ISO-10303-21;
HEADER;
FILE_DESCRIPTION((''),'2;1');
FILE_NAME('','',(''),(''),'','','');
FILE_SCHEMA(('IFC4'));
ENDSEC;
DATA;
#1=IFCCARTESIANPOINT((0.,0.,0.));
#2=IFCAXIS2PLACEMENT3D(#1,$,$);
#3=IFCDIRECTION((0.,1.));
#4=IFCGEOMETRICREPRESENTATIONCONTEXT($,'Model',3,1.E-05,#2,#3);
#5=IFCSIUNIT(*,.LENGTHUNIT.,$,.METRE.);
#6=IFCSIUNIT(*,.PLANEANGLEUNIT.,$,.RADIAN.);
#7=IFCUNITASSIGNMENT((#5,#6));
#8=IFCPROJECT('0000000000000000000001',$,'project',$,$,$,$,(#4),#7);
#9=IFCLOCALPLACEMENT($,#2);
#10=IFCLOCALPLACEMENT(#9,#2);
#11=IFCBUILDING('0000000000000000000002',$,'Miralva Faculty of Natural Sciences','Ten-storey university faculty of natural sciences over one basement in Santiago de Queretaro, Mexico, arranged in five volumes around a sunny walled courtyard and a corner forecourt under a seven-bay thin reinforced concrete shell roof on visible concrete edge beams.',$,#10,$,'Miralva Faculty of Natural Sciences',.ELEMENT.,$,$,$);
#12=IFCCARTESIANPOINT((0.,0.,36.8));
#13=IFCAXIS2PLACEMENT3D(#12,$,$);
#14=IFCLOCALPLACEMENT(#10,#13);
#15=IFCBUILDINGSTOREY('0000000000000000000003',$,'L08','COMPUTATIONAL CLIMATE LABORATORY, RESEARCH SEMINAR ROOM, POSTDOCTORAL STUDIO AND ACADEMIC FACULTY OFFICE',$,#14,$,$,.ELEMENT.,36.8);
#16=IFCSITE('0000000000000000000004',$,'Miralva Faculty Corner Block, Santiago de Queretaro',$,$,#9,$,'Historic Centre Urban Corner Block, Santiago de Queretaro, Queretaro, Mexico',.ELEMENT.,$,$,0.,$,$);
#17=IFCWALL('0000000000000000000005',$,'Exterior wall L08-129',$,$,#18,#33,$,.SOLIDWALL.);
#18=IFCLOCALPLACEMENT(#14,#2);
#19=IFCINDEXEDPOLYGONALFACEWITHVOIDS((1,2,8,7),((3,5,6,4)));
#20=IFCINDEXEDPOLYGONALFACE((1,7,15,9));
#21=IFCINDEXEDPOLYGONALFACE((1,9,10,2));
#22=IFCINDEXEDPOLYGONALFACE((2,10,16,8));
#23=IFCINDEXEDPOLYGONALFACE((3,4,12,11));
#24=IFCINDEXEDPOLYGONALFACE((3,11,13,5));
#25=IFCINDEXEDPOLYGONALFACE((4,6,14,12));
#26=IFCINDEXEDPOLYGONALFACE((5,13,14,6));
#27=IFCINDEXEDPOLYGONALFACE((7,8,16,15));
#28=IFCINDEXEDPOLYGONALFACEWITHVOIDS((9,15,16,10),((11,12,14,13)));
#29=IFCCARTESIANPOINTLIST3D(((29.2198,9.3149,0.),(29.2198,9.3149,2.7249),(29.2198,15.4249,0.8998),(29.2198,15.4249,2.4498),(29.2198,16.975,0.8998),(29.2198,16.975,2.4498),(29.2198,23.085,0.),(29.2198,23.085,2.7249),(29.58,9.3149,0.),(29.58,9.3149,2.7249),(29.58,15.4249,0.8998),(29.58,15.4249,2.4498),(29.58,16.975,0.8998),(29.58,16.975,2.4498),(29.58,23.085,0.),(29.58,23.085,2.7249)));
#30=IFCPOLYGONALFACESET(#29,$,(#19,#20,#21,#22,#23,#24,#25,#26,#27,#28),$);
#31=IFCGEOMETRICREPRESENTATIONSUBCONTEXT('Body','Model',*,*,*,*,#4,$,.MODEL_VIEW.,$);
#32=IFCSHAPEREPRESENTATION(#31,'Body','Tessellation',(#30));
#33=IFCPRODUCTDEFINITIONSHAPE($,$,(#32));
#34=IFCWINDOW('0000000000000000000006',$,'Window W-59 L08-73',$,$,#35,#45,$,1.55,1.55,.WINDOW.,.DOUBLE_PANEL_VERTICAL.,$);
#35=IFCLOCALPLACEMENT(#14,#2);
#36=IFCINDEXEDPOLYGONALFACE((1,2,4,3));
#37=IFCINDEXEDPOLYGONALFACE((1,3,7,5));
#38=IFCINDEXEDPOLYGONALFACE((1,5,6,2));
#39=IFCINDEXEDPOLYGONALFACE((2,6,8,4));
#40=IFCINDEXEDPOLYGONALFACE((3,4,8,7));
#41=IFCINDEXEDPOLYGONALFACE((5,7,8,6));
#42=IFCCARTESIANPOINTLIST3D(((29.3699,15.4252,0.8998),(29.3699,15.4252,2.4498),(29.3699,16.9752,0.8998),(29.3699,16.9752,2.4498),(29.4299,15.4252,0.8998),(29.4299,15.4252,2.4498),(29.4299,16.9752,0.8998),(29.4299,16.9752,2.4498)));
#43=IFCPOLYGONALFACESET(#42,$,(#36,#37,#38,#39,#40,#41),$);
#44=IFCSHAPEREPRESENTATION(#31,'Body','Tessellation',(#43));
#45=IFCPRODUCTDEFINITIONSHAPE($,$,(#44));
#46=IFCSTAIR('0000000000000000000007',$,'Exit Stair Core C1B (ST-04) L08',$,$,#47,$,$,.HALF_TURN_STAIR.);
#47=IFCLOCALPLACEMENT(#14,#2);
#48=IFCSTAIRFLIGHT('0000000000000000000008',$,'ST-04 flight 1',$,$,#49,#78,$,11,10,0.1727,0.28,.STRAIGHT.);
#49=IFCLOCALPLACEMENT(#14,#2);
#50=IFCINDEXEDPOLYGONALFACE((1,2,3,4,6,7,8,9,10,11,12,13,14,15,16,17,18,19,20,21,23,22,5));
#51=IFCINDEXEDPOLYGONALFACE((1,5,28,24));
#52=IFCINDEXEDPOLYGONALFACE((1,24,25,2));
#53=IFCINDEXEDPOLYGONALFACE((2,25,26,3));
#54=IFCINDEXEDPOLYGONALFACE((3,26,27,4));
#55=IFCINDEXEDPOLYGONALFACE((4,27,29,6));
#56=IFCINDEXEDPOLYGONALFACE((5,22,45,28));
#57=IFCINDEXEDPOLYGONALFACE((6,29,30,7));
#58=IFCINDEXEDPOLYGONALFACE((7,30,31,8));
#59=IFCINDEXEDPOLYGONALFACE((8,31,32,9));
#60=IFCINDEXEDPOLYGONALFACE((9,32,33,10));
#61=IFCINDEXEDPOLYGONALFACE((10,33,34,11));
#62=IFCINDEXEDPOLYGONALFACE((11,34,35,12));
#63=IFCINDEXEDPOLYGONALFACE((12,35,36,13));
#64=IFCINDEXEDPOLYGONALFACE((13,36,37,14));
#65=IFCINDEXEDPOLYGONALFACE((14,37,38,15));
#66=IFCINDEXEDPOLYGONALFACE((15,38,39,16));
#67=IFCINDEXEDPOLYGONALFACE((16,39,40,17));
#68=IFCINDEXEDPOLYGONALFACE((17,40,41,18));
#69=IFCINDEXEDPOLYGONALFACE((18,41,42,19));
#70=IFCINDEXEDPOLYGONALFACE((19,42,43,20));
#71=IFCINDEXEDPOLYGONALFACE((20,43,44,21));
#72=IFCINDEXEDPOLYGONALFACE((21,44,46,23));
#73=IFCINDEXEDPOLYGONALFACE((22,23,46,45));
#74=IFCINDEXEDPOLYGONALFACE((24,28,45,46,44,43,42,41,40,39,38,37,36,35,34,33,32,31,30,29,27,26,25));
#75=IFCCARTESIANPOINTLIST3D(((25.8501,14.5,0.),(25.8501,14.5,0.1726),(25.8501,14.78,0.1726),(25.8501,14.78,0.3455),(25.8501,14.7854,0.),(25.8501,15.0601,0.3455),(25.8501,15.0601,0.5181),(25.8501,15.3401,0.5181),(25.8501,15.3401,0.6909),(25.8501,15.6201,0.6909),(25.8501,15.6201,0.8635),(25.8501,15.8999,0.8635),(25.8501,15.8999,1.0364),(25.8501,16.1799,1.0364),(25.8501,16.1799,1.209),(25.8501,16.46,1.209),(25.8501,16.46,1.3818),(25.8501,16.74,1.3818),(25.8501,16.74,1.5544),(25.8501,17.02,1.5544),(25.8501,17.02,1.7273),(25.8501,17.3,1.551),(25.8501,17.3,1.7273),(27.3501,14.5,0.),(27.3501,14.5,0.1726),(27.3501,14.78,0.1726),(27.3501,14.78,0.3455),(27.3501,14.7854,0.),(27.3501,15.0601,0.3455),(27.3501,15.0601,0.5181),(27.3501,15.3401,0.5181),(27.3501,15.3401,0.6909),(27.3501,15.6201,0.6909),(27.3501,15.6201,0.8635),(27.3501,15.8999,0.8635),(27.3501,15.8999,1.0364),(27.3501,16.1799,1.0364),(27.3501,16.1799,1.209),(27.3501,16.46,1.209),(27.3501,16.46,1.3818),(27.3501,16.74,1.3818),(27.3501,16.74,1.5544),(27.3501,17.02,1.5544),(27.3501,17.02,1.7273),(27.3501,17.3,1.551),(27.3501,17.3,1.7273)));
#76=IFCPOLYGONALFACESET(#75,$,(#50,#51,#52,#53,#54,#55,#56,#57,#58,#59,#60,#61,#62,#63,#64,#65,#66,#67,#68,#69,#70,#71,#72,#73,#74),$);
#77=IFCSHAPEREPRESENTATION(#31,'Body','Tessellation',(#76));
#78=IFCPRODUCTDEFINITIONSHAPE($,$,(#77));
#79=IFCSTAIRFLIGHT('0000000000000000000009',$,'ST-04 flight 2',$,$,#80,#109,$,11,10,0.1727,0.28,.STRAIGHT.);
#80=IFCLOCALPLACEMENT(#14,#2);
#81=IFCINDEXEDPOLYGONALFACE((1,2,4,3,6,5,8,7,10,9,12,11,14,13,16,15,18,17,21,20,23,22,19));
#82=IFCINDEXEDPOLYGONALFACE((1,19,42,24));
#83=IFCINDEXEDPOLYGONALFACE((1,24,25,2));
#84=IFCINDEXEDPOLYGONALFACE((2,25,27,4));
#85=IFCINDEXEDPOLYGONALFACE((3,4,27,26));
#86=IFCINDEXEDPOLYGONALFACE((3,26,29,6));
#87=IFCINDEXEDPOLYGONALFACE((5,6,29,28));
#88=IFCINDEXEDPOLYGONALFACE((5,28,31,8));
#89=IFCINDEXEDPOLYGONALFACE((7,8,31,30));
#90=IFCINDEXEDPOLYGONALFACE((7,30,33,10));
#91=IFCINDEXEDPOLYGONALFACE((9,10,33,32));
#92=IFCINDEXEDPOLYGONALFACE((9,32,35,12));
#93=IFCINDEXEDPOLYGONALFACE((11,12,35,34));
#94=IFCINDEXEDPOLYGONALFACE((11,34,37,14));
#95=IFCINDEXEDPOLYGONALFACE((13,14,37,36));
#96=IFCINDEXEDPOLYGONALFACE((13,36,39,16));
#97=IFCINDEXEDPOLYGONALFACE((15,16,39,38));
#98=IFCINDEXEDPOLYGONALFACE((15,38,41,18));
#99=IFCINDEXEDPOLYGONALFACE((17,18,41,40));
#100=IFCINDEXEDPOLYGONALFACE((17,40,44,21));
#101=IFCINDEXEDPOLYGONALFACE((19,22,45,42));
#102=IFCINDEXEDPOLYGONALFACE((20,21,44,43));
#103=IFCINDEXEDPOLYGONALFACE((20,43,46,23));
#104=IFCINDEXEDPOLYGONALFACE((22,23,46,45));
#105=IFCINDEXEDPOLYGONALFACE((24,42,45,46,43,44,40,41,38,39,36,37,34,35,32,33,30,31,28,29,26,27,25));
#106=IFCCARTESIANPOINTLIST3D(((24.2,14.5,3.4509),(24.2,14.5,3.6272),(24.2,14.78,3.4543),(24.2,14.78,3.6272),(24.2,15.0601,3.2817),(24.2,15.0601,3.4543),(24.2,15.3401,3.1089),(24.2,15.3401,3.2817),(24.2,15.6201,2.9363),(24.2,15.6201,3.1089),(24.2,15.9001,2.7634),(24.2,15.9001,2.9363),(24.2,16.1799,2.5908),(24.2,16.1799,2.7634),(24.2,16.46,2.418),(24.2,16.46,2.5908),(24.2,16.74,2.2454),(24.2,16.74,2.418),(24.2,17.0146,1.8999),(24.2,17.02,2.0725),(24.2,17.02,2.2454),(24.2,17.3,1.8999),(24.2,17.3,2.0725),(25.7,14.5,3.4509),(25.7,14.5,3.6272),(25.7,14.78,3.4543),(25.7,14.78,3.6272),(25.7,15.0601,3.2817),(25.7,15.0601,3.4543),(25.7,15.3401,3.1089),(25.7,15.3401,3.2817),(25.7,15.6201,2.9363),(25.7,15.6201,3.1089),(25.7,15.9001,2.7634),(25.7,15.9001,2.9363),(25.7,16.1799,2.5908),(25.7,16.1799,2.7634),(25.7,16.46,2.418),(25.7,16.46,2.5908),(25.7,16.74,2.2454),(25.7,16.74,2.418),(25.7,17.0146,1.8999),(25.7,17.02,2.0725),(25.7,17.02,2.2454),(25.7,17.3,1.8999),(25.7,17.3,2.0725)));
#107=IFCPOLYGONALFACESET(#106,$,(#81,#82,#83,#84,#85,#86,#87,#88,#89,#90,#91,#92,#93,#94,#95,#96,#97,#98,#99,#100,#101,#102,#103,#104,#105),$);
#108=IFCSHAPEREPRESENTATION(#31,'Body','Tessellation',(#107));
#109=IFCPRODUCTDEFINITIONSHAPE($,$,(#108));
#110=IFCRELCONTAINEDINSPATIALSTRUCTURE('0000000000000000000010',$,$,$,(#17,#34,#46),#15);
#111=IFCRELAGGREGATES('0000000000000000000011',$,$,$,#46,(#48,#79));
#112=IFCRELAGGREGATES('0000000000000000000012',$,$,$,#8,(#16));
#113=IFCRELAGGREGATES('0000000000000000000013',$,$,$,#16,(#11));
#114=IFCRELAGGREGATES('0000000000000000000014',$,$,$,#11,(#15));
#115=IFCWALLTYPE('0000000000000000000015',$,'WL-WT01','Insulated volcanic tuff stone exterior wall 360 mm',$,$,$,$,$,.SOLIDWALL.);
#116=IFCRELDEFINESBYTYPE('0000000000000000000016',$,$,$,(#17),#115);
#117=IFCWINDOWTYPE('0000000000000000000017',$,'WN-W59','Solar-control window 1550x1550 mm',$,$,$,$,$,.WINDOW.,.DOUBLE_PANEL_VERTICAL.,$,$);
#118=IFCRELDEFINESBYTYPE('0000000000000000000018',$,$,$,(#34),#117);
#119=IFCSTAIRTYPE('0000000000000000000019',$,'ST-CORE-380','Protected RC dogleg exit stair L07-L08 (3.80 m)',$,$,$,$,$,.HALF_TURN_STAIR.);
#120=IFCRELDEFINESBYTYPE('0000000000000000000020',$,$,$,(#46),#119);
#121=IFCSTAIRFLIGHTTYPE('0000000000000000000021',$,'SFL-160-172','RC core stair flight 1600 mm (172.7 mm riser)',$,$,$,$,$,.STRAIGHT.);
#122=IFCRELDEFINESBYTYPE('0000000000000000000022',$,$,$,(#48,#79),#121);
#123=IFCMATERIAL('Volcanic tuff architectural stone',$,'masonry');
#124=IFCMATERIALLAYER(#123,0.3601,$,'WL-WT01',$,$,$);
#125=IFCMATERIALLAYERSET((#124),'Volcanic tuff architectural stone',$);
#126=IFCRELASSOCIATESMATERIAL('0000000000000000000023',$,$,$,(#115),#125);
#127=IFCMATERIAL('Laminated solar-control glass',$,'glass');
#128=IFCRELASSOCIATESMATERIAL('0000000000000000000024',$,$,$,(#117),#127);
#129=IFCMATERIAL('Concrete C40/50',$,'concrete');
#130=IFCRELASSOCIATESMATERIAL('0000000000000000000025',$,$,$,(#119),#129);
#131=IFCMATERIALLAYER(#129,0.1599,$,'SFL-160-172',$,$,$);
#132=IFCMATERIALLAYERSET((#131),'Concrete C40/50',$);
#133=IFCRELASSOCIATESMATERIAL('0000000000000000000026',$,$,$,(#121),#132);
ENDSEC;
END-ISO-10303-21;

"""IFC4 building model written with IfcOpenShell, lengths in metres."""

from ifc_helpers import new_model, si_unit, direction, frame, frame_2d, origin, place, context, subcontext, project, spatial, polyline, rectangle, outline, extrude, material, layer, layer_set, type_object, element, fill, aggregate, save


model = new_model("IFC4")

# Units and contexts
model_context = context("Model", 3, precision=1e-05, world=origin(), true_north=direction((0.0, 1.0)))
body_context = subcontext(model_context, "Body", "Model", "MODEL_VIEW")
ifc_project = project(units=[si_unit("LENGTHUNIT", "METRE"), si_unit("PLANEANGLEUNIT", "RADIAN")], contexts=[model_context])

# Site, building, storey
site_placement = place(None, origin())
site = spatial("IfcSite", under=ifc_project, at=site_placement, Name="Miralva Faculty Corner Block, Santiago de Queretaro", LongName="Historic Centre Urban Corner Block, Santiago de Queretaro, Queretaro, Mexico", CompositionType="ELEMENT", RefElevation=0.0)
building_placement = place(site_placement, origin())
building = spatial("IfcBuilding", under=site, at=building_placement, Name="Miralva Faculty of Natural Sciences", Description="Ten-storey university faculty of natural sciences over one basement in Santiago de Queretaro, Mexico, arranged in five volumes around a sunny walled courtyard and a corner forecourt under a seven-bay thin reinforced concrete shell roof on visible concrete edge beams.", LongName="Miralva Faculty of Natural Sciences", CompositionType="ELEMENT")
storey_placement = place(building_placement, frame((0.0, 0.0, 36.8)))
storey = spatial("IfcBuildingStorey", under=building, at=storey_placement, Name="L08", Description="COMPUTATIONAL CLIMATE LABORATORY, RESEARCH SEMINAR ROOM, POSTDOCTORAL STUDIO AND ACADEMIC FACULTY OFFICE", CompositionType="ELEMENT", Elevation=36.8)

# Shared definitions
ifc_material_1 = material(Name="Concrete C40/50", Category="concrete")

# Wall, opening, window
ifc_material_2 = material(Name="Volcanic tuff architectural stone", Category="masonry")
ifc_layer_1 = layer(ifc_material_2, 0.3601, Name="WL-WT01")
ifc_layer_set_1 = layer_set([ifc_layer_1], Name="Volcanic tuff architectural stone")
wall_type_1 = type_object("IfcWallType", Name="WL-WT01", Description="Insulated volcanic tuff stone exterior wall 360 mm", PredefinedType="SOLIDWALL", material=ifc_layer_set_1)
wall_1_placement = place(storey_placement, frame((29.3999, 9.3149, 0.0), z_axis=(0.0, 0.0, 1.0), x_axis=(0.0, 1.0, 0.0)))
wall_1 = element("IfcWall", 1, at=wall_1_placement, inside=storey, type_object=wall_type_1, Name="Exterior wall L08-129", PredefinedType="SOLIDWALL", context=body_context, shape_type="SweptSolid", body=[
    extrude(rectangle(XDim=13.77, YDim=0.3601, at=frame_2d((6.885, 0.0))), origin(), (0.0, 0.0, 1.0), 2.7249),
])
opening_1_placement = place(wall_1_placement, frame((6.1101, 0.0, 0.8999)))
opening_1 = element("IfcOpeningElement", 2, at=opening_1_placement, cuts=wall_1, PredefinedType="OPENING", context=body_context, shape_type="SweptSolid", body=[
    extrude(rectangle(XDim=1.55, YDim=1.55, at=frame_2d((0.7749, 0.7749))), frame((0.0, 0.1899, 0.0), z_axis=(0.0, -1.0, 0.0), x_axis=(1.0, 0.0, 0.0)), (0.0, 0.0, 1.0), 0.3801),
])
ifc_material_3 = material(Name="Laminated solar-control glass", Category="glass")
window_type = type_object("IfcWindowType", Name="WN-W59", Description="Solar-control window 1550x1550 mm", PartitioningType="DOUBLE_PANEL_VERTICAL", PredefinedType="WINDOW", material=ifc_material_3)
window_placement = place(opening_1_placement, frame((1.55, 0.0, 0.0), z_axis=(0.0, 0.0, 1.0), x_axis=(-1.0, 0.0, 0.0)))
window = element("IfcWindow", 3, at=window_placement, inside=storey, type_object=window_type, Name="Window W-59 L08-73", OverallHeight=1.55, OverallWidth=1.55, PartitioningType="DOUBLE_PANEL_VERTICAL", PredefinedType="WINDOW", context=body_context, shape_type="SweptSolid", body=[
    extrude(rectangle(XDim=1.55, YDim=1.55, at=frame_2d((0.7749, 0.7749))), frame((0.0, 0.03, 0.0), z_axis=(0.0, -1.0, 0.0), x_axis=(1.0, 0.0, 0.0)), (0.0, 0.0, 1.0), 0.0601),
])
fill(opening_1, window)

# Stair, stair flights
stair_type = type_object("IfcStairType", Name="ST-CORE-380", Description="Protected RC dogleg exit stair L07-L08 (3.80 m)", PredefinedType="HALF_TURN_STAIR", material=ifc_material_1)
stair_placement = place(storey_placement, origin())
stair = element("IfcStair", 4, at=stair_placement, inside=storey, type_object=stair_type, Name="Exit Stair Core C1B (ST-04) L08", PredefinedType="HALF_TURN_STAIR")
ifc_layer_2 = layer(ifc_material_1, 0.1599, Name="SFL-160-172")
ifc_layer_set_2 = layer_set([ifc_layer_2], Name="Concrete C40/50")
stair_flight_type = type_object("IfcStairFlightType", Name="SFL-160-172", Description="RC core stair flight 1600 mm (172.7 mm riser)", PredefinedType="STRAIGHT", material=ifc_layer_set_2)
stair_flight_1_placement = place(storey_placement, frame((26.6001, 14.5, 0.0), z_axis=(0.0, 0.0, 1.0), x_axis=(0.0, 1.0, 0.0)))
stair_flight_1 = element("IfcStairFlight", 5, at=stair_flight_1_placement, type_object=stair_flight_type, Name="ST-04 flight 1", NumberOfRisers=11, NumberOfTreads=10, PredefinedType="STRAIGHT", RiserHeight=0.1727, TreadLength=0.28, context=body_context, shape_type="SweptSolid", body=[
    extrude(outline(polyline([(0.0, 0.0), (0.0, 0.1726), (0.28, 0.1726), (0.28, 0.3455), (0.5601, 0.3455), (0.5601, 0.5181), (0.8401, 0.5181), (0.8401, 0.6909), (1.1201, 0.6909), (1.1201, 0.8635), (1.3999, 0.8635), (1.3999, 1.0364), (1.6799, 1.0364), (1.6799, 1.209), (1.96, 1.209), (1.96, 1.3818), (2.24, 1.3818), (2.24, 1.5544), (2.52, 1.5544), (2.52, 1.7273), (2.8, 1.7273), (2.8, 1.8999), (2.8, 1.551), (0.2854, 0.0), (0.0, 0.0)])), frame((0.0, 0.75, 0.0), z_axis=(0.0, -1.0, 0.0), x_axis=(1.0, 0.0, 0.0)), (0.0, 0.0, 1.0), 1.5),
])
stair_flight_2_placement = place(storey_placement, frame((24.95, 17.3, 1.8999), z_axis=(0.0, 0.0, 1.0), x_axis=(0.0, -1.0, 0.0)))
stair_flight_2 = element("IfcStairFlight", 6, at=stair_flight_2_placement, type_object=stair_flight_type, Name="ST-04 flight 2", NumberOfRisers=11, NumberOfTreads=10, PredefinedType="STRAIGHT", RiserHeight=0.1727, TreadLength=0.28, context=body_context, shape_type="SweptSolid", body=[
    extrude(outline(polyline([(0.0, 0.0), (0.0, 0.1726), (0.28, 0.1726), (0.28, 0.3455), (0.5601, 0.3455), (0.5601, 0.5181), (0.8401, 0.5181), (0.8401, 0.6909), (1.1201, 0.6909), (1.1201, 0.8635), (1.3999, 0.8635), (1.3999, 1.0364), (1.6799, 1.0364), (1.6799, 1.209), (1.96, 1.209), (1.96, 1.3818), (2.24, 1.3818), (2.24, 1.5544), (2.52, 1.5544), (2.52, 1.7273), (2.8, 1.7273), (2.8, 1.8999), (2.8, 1.551), (0.2854, 0.0), (0.0, 0.0)])), frame((0.0, 0.75, 0.0), z_axis=(0.0, -1.0, 0.0), x_axis=(1.0, 0.0, 0.0)), (0.0, 0.0, 1.0), 1.5),
])
aggregate(stair, [stair_flight_1, stair_flight_2])

save(model, "model.ifc")
